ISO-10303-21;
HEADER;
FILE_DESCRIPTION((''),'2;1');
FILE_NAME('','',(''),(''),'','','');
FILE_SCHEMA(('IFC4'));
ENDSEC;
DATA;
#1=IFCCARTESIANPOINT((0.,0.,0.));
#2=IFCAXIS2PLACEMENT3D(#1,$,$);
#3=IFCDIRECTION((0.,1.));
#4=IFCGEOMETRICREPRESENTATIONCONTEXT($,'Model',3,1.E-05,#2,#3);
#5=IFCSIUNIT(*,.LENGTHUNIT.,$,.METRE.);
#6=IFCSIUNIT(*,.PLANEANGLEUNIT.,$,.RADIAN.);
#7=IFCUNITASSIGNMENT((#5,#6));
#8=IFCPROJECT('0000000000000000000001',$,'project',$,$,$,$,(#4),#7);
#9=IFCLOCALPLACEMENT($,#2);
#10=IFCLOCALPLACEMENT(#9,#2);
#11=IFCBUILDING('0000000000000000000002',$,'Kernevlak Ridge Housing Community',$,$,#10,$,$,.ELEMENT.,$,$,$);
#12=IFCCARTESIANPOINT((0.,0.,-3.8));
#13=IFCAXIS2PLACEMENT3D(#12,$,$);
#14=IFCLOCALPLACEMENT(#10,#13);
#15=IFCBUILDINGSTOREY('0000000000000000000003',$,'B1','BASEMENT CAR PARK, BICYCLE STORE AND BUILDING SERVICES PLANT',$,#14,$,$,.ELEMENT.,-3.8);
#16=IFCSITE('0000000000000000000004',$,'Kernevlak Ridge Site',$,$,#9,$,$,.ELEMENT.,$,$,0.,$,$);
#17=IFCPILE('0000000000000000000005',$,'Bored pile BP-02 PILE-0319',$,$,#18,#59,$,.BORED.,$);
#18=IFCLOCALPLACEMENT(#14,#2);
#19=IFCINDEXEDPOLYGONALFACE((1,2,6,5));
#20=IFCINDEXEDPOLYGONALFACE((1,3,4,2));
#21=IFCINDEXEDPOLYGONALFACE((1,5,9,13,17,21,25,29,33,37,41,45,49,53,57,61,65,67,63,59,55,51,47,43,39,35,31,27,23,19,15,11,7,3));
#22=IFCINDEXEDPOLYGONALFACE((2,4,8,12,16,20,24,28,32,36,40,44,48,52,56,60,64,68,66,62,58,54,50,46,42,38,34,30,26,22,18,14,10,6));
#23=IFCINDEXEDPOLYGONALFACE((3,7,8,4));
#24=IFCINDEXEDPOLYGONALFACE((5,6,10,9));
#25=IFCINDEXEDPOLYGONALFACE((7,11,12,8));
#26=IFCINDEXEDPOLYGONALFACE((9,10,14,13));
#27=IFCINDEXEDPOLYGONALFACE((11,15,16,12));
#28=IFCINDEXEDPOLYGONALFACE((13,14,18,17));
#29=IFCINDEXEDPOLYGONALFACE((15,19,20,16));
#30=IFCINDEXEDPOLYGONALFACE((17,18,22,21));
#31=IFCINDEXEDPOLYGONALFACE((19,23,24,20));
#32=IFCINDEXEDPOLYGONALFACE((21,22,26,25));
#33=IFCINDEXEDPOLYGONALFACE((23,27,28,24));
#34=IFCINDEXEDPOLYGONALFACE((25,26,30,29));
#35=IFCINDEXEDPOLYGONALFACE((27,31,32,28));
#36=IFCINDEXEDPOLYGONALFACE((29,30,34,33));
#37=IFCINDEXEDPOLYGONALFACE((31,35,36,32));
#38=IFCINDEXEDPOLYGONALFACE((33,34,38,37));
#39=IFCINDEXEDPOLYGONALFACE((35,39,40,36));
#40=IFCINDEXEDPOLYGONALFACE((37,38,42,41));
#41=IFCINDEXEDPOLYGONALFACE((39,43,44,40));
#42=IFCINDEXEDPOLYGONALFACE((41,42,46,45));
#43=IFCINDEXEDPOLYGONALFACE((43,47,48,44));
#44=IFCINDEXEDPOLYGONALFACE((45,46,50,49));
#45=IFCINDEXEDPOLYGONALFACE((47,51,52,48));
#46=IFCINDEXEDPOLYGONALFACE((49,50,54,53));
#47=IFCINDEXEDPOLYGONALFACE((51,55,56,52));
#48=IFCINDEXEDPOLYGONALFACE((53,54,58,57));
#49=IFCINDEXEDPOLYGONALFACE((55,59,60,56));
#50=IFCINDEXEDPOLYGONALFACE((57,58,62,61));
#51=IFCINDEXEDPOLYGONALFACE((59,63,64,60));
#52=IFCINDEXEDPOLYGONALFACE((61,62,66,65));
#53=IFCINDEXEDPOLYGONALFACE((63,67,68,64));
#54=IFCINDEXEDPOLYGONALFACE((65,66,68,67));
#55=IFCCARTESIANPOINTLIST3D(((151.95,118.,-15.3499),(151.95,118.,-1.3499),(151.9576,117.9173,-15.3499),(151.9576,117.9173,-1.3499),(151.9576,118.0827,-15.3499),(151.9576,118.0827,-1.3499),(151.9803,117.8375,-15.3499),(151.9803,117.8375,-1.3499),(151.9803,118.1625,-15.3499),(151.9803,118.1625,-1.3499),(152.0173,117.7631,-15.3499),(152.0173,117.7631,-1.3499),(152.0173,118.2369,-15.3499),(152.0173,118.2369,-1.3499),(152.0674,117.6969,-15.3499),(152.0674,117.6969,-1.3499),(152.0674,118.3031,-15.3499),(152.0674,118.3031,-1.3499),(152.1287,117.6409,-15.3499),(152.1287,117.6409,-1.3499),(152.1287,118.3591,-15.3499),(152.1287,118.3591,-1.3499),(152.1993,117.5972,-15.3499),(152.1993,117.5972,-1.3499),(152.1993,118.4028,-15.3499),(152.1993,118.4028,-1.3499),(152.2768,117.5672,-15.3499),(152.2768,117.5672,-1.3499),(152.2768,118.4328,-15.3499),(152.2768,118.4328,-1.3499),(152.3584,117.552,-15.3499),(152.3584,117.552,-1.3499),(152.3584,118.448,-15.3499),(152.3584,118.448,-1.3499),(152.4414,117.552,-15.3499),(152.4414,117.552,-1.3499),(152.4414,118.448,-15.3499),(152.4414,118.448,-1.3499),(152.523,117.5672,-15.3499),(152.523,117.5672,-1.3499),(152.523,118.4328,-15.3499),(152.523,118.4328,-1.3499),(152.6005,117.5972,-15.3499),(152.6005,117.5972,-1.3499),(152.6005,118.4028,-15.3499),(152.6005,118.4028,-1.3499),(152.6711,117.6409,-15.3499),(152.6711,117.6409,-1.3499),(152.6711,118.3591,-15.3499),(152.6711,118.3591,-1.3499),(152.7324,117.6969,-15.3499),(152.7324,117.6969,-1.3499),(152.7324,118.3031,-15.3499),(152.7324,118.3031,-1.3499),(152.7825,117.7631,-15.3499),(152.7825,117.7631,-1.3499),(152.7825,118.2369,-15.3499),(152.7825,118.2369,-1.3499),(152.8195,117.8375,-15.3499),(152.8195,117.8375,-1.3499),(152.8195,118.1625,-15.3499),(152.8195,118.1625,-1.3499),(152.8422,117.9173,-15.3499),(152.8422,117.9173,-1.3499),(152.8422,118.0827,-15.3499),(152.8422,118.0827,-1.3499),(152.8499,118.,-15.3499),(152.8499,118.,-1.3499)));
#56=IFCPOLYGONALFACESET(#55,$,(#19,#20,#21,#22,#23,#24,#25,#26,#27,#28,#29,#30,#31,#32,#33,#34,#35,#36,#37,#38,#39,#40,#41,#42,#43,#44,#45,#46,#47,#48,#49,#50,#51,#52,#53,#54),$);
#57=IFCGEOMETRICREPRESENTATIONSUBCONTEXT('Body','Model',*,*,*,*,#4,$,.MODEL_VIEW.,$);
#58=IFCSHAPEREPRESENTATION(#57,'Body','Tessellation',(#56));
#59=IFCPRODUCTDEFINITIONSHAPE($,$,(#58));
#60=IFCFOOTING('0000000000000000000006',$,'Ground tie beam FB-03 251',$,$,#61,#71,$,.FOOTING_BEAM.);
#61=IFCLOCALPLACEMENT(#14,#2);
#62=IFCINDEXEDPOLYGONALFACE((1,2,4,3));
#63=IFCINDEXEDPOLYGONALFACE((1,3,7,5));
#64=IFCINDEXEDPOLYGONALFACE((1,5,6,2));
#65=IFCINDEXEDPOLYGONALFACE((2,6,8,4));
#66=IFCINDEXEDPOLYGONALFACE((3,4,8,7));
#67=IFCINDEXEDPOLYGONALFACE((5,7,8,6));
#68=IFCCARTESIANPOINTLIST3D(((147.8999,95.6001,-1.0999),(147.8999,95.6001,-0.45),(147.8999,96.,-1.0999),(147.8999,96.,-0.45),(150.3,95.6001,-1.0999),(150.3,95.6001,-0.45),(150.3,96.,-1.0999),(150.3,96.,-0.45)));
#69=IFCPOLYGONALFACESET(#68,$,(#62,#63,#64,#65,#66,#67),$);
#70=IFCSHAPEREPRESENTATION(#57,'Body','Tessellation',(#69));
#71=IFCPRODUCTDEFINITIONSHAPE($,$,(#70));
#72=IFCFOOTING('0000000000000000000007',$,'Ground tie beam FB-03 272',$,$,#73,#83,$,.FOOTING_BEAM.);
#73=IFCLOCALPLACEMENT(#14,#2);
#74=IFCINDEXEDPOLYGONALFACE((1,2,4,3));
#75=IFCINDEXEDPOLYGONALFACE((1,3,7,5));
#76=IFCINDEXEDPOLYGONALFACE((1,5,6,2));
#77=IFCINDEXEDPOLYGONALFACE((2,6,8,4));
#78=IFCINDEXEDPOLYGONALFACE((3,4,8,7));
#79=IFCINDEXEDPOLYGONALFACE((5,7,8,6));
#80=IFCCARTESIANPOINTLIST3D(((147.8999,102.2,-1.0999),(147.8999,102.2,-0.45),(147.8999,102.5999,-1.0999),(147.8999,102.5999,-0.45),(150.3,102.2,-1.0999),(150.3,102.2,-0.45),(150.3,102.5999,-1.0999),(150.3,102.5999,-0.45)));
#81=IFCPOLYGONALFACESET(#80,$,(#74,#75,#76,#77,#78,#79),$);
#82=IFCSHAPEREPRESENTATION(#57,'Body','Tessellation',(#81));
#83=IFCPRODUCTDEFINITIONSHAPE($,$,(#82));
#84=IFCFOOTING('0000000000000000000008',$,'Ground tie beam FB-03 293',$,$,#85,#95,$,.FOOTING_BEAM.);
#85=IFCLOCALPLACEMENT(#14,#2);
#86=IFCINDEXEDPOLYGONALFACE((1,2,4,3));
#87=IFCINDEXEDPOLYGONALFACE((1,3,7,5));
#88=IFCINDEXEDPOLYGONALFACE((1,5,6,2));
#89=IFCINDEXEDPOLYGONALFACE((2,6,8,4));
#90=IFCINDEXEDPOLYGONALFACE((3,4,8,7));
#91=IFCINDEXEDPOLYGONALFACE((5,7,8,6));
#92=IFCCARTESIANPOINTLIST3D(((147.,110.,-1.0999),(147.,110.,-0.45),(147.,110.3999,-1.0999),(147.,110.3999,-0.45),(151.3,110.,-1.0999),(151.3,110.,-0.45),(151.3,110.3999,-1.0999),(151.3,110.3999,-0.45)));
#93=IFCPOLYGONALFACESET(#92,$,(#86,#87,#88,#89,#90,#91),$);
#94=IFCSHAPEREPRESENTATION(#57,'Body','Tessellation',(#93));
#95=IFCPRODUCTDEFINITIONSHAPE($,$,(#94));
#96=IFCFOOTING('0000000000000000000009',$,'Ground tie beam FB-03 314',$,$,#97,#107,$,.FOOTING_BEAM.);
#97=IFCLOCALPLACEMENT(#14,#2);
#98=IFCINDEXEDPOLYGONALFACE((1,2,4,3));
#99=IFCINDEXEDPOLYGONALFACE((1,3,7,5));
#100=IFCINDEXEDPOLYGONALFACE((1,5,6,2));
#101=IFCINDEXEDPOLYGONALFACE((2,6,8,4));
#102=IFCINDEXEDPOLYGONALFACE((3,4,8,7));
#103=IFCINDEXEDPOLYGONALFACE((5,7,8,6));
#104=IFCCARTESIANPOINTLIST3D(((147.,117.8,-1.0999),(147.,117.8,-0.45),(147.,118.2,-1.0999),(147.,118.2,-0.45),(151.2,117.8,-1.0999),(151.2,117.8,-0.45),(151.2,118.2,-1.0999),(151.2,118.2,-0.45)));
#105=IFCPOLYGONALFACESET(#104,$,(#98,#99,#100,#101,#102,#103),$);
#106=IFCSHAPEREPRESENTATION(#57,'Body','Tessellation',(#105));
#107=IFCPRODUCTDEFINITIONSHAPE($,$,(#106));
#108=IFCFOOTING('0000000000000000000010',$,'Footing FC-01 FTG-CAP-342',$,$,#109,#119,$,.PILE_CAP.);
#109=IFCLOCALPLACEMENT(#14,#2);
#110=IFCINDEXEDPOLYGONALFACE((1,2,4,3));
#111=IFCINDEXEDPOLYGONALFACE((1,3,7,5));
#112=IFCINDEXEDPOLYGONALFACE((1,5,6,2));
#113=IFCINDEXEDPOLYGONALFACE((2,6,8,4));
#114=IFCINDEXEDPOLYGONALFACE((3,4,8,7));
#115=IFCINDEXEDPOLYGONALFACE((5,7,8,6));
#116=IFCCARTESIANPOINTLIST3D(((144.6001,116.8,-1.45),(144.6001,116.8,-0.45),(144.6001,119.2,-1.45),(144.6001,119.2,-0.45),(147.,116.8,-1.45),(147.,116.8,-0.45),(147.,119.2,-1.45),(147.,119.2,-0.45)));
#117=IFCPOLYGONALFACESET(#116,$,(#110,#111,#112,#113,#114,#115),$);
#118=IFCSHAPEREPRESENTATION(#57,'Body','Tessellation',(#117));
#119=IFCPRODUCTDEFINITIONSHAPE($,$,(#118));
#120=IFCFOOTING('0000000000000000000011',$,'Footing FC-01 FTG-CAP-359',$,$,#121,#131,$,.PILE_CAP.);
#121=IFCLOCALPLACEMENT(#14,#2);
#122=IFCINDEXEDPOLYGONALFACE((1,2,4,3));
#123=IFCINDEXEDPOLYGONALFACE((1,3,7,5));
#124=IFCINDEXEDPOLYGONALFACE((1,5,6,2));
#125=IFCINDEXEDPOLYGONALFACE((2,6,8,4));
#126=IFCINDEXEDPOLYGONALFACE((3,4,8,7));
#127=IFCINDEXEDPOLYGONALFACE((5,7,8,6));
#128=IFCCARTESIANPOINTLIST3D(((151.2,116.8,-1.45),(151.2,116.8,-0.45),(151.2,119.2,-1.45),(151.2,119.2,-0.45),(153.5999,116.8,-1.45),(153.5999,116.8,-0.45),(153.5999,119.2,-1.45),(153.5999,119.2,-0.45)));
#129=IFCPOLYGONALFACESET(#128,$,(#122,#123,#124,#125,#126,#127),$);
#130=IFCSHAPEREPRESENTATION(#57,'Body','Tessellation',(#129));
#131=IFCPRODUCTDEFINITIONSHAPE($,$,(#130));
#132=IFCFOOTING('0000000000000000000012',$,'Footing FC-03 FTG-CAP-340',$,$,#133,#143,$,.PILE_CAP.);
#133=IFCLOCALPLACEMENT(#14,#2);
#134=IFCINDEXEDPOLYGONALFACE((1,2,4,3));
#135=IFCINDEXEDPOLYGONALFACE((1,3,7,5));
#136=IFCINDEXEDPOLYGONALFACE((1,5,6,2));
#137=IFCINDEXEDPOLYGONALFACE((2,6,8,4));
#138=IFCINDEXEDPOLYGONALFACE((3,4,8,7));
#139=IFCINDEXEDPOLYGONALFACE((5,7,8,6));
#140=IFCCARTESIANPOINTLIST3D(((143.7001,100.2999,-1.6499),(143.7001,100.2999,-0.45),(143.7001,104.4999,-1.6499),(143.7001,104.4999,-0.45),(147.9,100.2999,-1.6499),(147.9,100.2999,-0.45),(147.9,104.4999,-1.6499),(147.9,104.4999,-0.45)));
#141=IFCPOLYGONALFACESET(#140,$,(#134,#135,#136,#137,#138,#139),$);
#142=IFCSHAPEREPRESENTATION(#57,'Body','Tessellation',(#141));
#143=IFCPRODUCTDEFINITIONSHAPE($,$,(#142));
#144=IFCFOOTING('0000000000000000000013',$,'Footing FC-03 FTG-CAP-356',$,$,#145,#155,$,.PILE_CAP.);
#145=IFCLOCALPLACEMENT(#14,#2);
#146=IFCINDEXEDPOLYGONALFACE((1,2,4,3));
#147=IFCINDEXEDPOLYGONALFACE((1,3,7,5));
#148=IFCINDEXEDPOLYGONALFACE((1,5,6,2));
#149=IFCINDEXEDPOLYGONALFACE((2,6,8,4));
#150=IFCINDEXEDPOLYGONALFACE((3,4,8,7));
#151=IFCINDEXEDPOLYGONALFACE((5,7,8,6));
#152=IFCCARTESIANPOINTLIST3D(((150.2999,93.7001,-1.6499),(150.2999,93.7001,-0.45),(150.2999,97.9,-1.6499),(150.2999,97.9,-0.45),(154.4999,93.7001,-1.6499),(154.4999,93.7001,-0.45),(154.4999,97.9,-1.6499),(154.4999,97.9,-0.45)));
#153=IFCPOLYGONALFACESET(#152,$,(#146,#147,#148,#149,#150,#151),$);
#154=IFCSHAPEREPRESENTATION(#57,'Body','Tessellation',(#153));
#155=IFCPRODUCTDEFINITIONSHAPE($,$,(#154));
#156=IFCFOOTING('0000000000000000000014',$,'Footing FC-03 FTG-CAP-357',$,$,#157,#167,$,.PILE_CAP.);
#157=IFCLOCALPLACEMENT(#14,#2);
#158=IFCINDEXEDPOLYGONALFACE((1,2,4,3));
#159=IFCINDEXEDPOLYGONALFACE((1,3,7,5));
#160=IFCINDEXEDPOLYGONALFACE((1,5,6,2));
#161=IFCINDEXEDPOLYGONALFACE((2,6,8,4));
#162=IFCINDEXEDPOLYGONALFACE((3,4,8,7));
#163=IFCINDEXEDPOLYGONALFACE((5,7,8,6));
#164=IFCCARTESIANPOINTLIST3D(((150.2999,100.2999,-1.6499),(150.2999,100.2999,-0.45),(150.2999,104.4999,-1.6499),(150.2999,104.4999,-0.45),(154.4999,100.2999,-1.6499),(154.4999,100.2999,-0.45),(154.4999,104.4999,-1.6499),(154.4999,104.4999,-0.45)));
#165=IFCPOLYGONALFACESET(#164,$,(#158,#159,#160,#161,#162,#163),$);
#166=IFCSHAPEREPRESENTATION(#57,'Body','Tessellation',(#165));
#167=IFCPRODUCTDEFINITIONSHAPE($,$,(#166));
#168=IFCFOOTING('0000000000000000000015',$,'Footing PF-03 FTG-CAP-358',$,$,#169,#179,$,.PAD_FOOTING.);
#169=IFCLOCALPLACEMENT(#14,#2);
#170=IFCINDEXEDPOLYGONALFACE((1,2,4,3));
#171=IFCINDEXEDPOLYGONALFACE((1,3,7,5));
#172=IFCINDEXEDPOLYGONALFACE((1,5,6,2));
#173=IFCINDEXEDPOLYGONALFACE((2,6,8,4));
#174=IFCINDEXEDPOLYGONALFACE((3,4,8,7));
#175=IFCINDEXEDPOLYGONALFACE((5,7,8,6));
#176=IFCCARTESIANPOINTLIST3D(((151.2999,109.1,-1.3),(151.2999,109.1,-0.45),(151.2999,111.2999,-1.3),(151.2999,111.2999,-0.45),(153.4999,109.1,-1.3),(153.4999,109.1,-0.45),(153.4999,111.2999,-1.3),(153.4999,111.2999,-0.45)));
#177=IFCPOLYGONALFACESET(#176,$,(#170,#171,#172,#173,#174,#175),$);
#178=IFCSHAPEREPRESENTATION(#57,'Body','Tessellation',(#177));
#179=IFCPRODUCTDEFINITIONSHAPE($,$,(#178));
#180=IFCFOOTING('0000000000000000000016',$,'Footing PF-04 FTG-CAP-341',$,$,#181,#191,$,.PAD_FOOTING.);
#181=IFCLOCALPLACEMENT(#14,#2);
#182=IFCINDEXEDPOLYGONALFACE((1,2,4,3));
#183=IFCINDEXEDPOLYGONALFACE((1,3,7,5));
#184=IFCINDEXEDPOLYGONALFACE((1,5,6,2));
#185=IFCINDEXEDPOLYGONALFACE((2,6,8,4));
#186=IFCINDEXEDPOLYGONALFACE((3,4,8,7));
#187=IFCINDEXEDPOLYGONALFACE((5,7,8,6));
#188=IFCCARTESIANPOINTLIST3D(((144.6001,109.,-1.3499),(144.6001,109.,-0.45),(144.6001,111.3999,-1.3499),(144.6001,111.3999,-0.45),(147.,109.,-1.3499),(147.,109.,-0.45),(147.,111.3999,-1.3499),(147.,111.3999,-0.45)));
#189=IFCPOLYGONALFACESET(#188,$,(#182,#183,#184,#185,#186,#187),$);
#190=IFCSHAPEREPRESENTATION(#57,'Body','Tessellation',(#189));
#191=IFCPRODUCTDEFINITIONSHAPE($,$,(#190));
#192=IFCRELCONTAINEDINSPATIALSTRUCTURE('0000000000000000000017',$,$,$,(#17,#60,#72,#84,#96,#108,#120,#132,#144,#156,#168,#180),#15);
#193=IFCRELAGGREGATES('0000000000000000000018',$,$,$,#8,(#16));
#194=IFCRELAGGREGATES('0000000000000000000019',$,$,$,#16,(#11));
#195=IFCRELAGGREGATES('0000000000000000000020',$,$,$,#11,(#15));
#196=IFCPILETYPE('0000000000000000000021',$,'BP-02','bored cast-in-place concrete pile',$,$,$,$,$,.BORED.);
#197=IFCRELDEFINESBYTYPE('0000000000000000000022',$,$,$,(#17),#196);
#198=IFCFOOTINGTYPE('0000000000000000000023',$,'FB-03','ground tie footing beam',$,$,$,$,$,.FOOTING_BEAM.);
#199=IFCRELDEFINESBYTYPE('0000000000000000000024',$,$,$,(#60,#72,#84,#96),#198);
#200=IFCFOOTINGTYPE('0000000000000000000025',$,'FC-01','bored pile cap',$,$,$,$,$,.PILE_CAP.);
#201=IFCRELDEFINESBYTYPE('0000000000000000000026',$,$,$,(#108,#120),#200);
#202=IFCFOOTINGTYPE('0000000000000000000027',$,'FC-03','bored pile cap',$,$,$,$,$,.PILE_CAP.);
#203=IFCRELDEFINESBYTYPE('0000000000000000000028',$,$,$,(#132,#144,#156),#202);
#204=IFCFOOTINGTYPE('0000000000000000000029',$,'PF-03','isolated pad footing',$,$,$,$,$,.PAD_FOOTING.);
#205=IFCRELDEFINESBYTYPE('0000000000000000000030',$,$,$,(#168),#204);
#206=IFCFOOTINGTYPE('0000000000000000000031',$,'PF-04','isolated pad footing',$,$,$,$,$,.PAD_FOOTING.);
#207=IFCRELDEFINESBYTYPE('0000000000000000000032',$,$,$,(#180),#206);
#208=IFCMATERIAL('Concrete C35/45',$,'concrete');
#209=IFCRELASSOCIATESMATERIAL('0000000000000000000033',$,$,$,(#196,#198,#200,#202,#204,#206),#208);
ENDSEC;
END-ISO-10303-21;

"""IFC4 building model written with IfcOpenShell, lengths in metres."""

from ifc_helpers import new_model, si_unit, direction, frame, origin, origin_2d, place, context, subcontext, project, spatial, rectangle, circle, extrude, material, material_profile, profile_set, type_object, element, save


model = new_model("IFC4")

# Units and contexts
model_context = context("Model", 3, precision=1e-05, world=origin(), true_north=direction((0.0, 1.0)))
body_context = subcontext(model_context, "Body", "Model", "MODEL_VIEW")
ifc_project = project(units=[si_unit("LENGTHUNIT", "METRE"), si_unit("PLANEANGLEUNIT", "RADIAN")], contexts=[model_context])

# Site, building, storey
site_placement = place(None, origin())
site = spatial("IfcSite", under=ifc_project, at=site_placement, Name="Kernevlak Ridge Site", CompositionType="ELEMENT", RefElevation=0.0)
building_placement = place(site_placement, origin())
building = spatial("IfcBuilding", under=site, at=building_placement, Name="Kernevlak Ridge Housing Community", CompositionType="ELEMENT")
storey_placement = place(building_placement, frame((0.0, 0.0, -3.8)))
storey = spatial("IfcBuildingStorey", under=building, at=storey_placement, Name="B1", Description="BASEMENT CAR PARK, BICYCLE STORE AND BUILDING SERVICES PLANT", CompositionType="ELEMENT", Elevation=-3.8)

# Pile
ifc_material_1 = material(Name="Concrete C35/45", Category="concrete")
ifc_material_profile_1 = material_profile(ifc_material_1, circle(Radius=0.45, at=origin_2d()), Name="BORED PILE 900")
ifc_profile_set_1 = profile_set([ifc_material_profile_1], Name="Concrete C35/45")
pile_type_1 = type_object("IfcPileType", Name="BP-02", Description="bored cast-in-place concrete pile", PredefinedType="BORED", material=ifc_profile_set_1)
for number, where, z_axis, x_axis, name in (
    (1, (152.3999, 118.0, -1.3499), (0.0, 0.0, -1.0), (1.0, 0.0, 0.0), "Bored pile BP-02 PILE-0319"),
):
    element("IfcPile", number, at=place(storey_placement, frame(where, z_axis=z_axis, x_axis=x_axis)), inside=storey, type_object=pile_type_1, Name=name, PredefinedType="BORED", context=body_context, shape_type="SweptSolid", body=[
        extrude(circle(Radius=0.45, at=origin_2d()), origin(), (0.0, 0.0, 1.0), 14.0),
    ])

# Footings
ifc_material_profile_2 = material_profile(ifc_material_1, rectangle(XDim=0.3999, YDim=0.6499, at=origin_2d()), Name="RC 400x650")
ifc_profile_set_2 = profile_set([ifc_material_profile_2], Name="Concrete C35/45")
footing_type_1 = type_object("IfcFootingType", Name="FB-03", Description="ground tie footing beam", PredefinedType="FOOTING_BEAM", material=ifc_profile_set_2)
for number, where, z_axis, x_axis, name in (
    (2, (147.8999, 95.8, -0.7749), (1.0, 0.0, 0.0), (0.0, 1.0, 0.0), "Ground tie beam FB-03 251"),
    (3, (147.8999, 102.3999, -0.7749), (1.0, 0.0, 0.0), (0.0, 1.0, 0.0), "Ground tie beam FB-03 272"),
):
    element("IfcFooting", number, at=place(storey_placement, frame(where, z_axis=z_axis, x_axis=x_axis)), inside=storey, type_object=footing_type_1, Name=name, PredefinedType="FOOTING_BEAM", context=body_context, shape_type="SweptSolid", body=[
        extrude(rectangle(XDim=0.3999, YDim=0.6499, at=origin_2d()), origin(), (0.0, 0.0, 1.0), 2.4001),
    ])
footing_1_placement = place(storey_placement, frame((147.0, 110.2, -0.7749), z_axis=(1.0, 0.0, 0.0), x_axis=(0.0, 1.0, 0.0)))
element("IfcFooting", 4, at=footing_1_placement, inside=storey, type_object=footing_type_1, Name="Ground tie beam FB-03 293", PredefinedType="FOOTING_BEAM", context=body_context, shape_type="SweptSolid", body=[
    extrude(rectangle(XDim=0.3999, YDim=0.6499, at=origin_2d()), origin(), (0.0, 0.0, 1.0), 4.3),
])
footing_2_placement = place(storey_placement, frame((147.0, 118.0, -0.7749), z_axis=(1.0, 0.0, 0.0), x_axis=(0.0, 1.0, 0.0)))
element("IfcFooting", 5, at=footing_2_placement, inside=storey, type_object=footing_type_1, Name="Ground tie beam FB-03 314", PredefinedType="FOOTING_BEAM", context=body_context, shape_type="SweptSolid", body=[
    extrude(rectangle(XDim=0.3999, YDim=0.6499, at=origin_2d()), origin(), (0.0, 0.0, 1.0), 4.2),
])
footing_type_2 = type_object("IfcFootingType", Name="FC-01", Description="bored pile cap", PredefinedType="PILE_CAP", material=ifc_material_1)
for number, where, z_axis, x_axis, name in (
    (6, (145.8, 118.0, -1.45), (0.0, 0.0, 1.0), (1.0, 0.0, 0.0), "Footing FC-01 FTG-CAP-342"),
    (7, (152.3999, 118.0, -1.45), (0.0, 0.0, 1.0), (1.0, 0.0, 0.0), "Footing FC-01 FTG-CAP-359"),
):
    element("IfcFooting", number, at=place(storey_placement, frame(where, z_axis=z_axis, x_axis=x_axis)), inside=storey, type_object=footing_type_2, Name=name, PredefinedType="PILE_CAP", context=body_context, shape_type="SweptSolid", body=[
        extrude(rectangle(XDim=2.3999, YDim=2.3999, at=origin_2d()), origin(), (0.0, 0.0, 1.0), 1.0),
    ])
footing_type_3 = type_object("IfcFootingType", Name="FC-03", Description="bored pile cap", PredefinedType="PILE_CAP", material=ifc_material_1)
for number, where, z_axis, x_axis, name in (
    (8, (145.8, 102.3999, -1.6499), (0.0, 0.0, 1.0), (1.0, 0.0, 0.0), "Footing FC-03 FTG-CAP-340"),
    (9, (152.3999, 95.8, -1.6499), (0.0, 0.0, 1.0), (1.0, 0.0, 0.0), "Footing FC-03 FTG-CAP-356"),
    (10, (152.3999, 102.3999, -1.6499), (0.0, 0.0, 1.0), (1.0, 0.0, 0.0), "Footing FC-03 FTG-CAP-357"),
):
    element("IfcFooting", number, at=place(storey_placement, frame(where, z_axis=z_axis, x_axis=x_axis)), inside=storey, type_object=footing_type_3, Name=name, PredefinedType="PILE_CAP", context=body_context, shape_type="SweptSolid", body=[
        extrude(rectangle(XDim=4.2, YDim=4.2, at=origin_2d()), origin(), (0.0, 0.0, 1.0), 1.2),
    ])
footing_type_4 = type_object("IfcFootingType", Name="PF-03", Description="isolated pad footing", PredefinedType="PAD_FOOTING", material=ifc_material_1)
footing_3_placement = place(storey_placement, frame((152.3999, 110.2, -1.3), z_axis=(0.0, 0.0, 1.0), x_axis=(1.0, 0.0, 0.0)))
element("IfcFooting", 11, at=footing_3_placement, inside=storey, type_object=footing_type_4, Name="Footing PF-03 FTG-CAP-358", PredefinedType="PAD_FOOTING", context=body_context, shape_type="SweptSolid", body=[
    extrude(rectangle(XDim=2.2, YDim=2.2, at=origin_2d()), origin(), (0.0, 0.0, 1.0), 0.8501),
])
footing_type_5 = type_object("IfcFootingType", Name="PF-04", Description="isolated pad footing", PredefinedType="PAD_FOOTING", material=ifc_material_1)
footing_4_placement = place(storey_placement, frame((145.8, 110.2, -1.3499), z_axis=(0.0, 0.0, 1.0), x_axis=(1.0, 0.0, 0.0)))
element("IfcFooting", 12, at=footing_4_placement, inside=storey, type_object=footing_type_5, Name="Footing PF-04 FTG-CAP-341", PredefinedType="PAD_FOOTING", context=body_context, shape_type="SweptSolid", body=[
    extrude(rectangle(XDim=2.3999, YDim=2.3999, at=origin_2d()), origin(), (0.0, 0.0, 1.0), 0.8999),
])

save(model, "model.ifc")
